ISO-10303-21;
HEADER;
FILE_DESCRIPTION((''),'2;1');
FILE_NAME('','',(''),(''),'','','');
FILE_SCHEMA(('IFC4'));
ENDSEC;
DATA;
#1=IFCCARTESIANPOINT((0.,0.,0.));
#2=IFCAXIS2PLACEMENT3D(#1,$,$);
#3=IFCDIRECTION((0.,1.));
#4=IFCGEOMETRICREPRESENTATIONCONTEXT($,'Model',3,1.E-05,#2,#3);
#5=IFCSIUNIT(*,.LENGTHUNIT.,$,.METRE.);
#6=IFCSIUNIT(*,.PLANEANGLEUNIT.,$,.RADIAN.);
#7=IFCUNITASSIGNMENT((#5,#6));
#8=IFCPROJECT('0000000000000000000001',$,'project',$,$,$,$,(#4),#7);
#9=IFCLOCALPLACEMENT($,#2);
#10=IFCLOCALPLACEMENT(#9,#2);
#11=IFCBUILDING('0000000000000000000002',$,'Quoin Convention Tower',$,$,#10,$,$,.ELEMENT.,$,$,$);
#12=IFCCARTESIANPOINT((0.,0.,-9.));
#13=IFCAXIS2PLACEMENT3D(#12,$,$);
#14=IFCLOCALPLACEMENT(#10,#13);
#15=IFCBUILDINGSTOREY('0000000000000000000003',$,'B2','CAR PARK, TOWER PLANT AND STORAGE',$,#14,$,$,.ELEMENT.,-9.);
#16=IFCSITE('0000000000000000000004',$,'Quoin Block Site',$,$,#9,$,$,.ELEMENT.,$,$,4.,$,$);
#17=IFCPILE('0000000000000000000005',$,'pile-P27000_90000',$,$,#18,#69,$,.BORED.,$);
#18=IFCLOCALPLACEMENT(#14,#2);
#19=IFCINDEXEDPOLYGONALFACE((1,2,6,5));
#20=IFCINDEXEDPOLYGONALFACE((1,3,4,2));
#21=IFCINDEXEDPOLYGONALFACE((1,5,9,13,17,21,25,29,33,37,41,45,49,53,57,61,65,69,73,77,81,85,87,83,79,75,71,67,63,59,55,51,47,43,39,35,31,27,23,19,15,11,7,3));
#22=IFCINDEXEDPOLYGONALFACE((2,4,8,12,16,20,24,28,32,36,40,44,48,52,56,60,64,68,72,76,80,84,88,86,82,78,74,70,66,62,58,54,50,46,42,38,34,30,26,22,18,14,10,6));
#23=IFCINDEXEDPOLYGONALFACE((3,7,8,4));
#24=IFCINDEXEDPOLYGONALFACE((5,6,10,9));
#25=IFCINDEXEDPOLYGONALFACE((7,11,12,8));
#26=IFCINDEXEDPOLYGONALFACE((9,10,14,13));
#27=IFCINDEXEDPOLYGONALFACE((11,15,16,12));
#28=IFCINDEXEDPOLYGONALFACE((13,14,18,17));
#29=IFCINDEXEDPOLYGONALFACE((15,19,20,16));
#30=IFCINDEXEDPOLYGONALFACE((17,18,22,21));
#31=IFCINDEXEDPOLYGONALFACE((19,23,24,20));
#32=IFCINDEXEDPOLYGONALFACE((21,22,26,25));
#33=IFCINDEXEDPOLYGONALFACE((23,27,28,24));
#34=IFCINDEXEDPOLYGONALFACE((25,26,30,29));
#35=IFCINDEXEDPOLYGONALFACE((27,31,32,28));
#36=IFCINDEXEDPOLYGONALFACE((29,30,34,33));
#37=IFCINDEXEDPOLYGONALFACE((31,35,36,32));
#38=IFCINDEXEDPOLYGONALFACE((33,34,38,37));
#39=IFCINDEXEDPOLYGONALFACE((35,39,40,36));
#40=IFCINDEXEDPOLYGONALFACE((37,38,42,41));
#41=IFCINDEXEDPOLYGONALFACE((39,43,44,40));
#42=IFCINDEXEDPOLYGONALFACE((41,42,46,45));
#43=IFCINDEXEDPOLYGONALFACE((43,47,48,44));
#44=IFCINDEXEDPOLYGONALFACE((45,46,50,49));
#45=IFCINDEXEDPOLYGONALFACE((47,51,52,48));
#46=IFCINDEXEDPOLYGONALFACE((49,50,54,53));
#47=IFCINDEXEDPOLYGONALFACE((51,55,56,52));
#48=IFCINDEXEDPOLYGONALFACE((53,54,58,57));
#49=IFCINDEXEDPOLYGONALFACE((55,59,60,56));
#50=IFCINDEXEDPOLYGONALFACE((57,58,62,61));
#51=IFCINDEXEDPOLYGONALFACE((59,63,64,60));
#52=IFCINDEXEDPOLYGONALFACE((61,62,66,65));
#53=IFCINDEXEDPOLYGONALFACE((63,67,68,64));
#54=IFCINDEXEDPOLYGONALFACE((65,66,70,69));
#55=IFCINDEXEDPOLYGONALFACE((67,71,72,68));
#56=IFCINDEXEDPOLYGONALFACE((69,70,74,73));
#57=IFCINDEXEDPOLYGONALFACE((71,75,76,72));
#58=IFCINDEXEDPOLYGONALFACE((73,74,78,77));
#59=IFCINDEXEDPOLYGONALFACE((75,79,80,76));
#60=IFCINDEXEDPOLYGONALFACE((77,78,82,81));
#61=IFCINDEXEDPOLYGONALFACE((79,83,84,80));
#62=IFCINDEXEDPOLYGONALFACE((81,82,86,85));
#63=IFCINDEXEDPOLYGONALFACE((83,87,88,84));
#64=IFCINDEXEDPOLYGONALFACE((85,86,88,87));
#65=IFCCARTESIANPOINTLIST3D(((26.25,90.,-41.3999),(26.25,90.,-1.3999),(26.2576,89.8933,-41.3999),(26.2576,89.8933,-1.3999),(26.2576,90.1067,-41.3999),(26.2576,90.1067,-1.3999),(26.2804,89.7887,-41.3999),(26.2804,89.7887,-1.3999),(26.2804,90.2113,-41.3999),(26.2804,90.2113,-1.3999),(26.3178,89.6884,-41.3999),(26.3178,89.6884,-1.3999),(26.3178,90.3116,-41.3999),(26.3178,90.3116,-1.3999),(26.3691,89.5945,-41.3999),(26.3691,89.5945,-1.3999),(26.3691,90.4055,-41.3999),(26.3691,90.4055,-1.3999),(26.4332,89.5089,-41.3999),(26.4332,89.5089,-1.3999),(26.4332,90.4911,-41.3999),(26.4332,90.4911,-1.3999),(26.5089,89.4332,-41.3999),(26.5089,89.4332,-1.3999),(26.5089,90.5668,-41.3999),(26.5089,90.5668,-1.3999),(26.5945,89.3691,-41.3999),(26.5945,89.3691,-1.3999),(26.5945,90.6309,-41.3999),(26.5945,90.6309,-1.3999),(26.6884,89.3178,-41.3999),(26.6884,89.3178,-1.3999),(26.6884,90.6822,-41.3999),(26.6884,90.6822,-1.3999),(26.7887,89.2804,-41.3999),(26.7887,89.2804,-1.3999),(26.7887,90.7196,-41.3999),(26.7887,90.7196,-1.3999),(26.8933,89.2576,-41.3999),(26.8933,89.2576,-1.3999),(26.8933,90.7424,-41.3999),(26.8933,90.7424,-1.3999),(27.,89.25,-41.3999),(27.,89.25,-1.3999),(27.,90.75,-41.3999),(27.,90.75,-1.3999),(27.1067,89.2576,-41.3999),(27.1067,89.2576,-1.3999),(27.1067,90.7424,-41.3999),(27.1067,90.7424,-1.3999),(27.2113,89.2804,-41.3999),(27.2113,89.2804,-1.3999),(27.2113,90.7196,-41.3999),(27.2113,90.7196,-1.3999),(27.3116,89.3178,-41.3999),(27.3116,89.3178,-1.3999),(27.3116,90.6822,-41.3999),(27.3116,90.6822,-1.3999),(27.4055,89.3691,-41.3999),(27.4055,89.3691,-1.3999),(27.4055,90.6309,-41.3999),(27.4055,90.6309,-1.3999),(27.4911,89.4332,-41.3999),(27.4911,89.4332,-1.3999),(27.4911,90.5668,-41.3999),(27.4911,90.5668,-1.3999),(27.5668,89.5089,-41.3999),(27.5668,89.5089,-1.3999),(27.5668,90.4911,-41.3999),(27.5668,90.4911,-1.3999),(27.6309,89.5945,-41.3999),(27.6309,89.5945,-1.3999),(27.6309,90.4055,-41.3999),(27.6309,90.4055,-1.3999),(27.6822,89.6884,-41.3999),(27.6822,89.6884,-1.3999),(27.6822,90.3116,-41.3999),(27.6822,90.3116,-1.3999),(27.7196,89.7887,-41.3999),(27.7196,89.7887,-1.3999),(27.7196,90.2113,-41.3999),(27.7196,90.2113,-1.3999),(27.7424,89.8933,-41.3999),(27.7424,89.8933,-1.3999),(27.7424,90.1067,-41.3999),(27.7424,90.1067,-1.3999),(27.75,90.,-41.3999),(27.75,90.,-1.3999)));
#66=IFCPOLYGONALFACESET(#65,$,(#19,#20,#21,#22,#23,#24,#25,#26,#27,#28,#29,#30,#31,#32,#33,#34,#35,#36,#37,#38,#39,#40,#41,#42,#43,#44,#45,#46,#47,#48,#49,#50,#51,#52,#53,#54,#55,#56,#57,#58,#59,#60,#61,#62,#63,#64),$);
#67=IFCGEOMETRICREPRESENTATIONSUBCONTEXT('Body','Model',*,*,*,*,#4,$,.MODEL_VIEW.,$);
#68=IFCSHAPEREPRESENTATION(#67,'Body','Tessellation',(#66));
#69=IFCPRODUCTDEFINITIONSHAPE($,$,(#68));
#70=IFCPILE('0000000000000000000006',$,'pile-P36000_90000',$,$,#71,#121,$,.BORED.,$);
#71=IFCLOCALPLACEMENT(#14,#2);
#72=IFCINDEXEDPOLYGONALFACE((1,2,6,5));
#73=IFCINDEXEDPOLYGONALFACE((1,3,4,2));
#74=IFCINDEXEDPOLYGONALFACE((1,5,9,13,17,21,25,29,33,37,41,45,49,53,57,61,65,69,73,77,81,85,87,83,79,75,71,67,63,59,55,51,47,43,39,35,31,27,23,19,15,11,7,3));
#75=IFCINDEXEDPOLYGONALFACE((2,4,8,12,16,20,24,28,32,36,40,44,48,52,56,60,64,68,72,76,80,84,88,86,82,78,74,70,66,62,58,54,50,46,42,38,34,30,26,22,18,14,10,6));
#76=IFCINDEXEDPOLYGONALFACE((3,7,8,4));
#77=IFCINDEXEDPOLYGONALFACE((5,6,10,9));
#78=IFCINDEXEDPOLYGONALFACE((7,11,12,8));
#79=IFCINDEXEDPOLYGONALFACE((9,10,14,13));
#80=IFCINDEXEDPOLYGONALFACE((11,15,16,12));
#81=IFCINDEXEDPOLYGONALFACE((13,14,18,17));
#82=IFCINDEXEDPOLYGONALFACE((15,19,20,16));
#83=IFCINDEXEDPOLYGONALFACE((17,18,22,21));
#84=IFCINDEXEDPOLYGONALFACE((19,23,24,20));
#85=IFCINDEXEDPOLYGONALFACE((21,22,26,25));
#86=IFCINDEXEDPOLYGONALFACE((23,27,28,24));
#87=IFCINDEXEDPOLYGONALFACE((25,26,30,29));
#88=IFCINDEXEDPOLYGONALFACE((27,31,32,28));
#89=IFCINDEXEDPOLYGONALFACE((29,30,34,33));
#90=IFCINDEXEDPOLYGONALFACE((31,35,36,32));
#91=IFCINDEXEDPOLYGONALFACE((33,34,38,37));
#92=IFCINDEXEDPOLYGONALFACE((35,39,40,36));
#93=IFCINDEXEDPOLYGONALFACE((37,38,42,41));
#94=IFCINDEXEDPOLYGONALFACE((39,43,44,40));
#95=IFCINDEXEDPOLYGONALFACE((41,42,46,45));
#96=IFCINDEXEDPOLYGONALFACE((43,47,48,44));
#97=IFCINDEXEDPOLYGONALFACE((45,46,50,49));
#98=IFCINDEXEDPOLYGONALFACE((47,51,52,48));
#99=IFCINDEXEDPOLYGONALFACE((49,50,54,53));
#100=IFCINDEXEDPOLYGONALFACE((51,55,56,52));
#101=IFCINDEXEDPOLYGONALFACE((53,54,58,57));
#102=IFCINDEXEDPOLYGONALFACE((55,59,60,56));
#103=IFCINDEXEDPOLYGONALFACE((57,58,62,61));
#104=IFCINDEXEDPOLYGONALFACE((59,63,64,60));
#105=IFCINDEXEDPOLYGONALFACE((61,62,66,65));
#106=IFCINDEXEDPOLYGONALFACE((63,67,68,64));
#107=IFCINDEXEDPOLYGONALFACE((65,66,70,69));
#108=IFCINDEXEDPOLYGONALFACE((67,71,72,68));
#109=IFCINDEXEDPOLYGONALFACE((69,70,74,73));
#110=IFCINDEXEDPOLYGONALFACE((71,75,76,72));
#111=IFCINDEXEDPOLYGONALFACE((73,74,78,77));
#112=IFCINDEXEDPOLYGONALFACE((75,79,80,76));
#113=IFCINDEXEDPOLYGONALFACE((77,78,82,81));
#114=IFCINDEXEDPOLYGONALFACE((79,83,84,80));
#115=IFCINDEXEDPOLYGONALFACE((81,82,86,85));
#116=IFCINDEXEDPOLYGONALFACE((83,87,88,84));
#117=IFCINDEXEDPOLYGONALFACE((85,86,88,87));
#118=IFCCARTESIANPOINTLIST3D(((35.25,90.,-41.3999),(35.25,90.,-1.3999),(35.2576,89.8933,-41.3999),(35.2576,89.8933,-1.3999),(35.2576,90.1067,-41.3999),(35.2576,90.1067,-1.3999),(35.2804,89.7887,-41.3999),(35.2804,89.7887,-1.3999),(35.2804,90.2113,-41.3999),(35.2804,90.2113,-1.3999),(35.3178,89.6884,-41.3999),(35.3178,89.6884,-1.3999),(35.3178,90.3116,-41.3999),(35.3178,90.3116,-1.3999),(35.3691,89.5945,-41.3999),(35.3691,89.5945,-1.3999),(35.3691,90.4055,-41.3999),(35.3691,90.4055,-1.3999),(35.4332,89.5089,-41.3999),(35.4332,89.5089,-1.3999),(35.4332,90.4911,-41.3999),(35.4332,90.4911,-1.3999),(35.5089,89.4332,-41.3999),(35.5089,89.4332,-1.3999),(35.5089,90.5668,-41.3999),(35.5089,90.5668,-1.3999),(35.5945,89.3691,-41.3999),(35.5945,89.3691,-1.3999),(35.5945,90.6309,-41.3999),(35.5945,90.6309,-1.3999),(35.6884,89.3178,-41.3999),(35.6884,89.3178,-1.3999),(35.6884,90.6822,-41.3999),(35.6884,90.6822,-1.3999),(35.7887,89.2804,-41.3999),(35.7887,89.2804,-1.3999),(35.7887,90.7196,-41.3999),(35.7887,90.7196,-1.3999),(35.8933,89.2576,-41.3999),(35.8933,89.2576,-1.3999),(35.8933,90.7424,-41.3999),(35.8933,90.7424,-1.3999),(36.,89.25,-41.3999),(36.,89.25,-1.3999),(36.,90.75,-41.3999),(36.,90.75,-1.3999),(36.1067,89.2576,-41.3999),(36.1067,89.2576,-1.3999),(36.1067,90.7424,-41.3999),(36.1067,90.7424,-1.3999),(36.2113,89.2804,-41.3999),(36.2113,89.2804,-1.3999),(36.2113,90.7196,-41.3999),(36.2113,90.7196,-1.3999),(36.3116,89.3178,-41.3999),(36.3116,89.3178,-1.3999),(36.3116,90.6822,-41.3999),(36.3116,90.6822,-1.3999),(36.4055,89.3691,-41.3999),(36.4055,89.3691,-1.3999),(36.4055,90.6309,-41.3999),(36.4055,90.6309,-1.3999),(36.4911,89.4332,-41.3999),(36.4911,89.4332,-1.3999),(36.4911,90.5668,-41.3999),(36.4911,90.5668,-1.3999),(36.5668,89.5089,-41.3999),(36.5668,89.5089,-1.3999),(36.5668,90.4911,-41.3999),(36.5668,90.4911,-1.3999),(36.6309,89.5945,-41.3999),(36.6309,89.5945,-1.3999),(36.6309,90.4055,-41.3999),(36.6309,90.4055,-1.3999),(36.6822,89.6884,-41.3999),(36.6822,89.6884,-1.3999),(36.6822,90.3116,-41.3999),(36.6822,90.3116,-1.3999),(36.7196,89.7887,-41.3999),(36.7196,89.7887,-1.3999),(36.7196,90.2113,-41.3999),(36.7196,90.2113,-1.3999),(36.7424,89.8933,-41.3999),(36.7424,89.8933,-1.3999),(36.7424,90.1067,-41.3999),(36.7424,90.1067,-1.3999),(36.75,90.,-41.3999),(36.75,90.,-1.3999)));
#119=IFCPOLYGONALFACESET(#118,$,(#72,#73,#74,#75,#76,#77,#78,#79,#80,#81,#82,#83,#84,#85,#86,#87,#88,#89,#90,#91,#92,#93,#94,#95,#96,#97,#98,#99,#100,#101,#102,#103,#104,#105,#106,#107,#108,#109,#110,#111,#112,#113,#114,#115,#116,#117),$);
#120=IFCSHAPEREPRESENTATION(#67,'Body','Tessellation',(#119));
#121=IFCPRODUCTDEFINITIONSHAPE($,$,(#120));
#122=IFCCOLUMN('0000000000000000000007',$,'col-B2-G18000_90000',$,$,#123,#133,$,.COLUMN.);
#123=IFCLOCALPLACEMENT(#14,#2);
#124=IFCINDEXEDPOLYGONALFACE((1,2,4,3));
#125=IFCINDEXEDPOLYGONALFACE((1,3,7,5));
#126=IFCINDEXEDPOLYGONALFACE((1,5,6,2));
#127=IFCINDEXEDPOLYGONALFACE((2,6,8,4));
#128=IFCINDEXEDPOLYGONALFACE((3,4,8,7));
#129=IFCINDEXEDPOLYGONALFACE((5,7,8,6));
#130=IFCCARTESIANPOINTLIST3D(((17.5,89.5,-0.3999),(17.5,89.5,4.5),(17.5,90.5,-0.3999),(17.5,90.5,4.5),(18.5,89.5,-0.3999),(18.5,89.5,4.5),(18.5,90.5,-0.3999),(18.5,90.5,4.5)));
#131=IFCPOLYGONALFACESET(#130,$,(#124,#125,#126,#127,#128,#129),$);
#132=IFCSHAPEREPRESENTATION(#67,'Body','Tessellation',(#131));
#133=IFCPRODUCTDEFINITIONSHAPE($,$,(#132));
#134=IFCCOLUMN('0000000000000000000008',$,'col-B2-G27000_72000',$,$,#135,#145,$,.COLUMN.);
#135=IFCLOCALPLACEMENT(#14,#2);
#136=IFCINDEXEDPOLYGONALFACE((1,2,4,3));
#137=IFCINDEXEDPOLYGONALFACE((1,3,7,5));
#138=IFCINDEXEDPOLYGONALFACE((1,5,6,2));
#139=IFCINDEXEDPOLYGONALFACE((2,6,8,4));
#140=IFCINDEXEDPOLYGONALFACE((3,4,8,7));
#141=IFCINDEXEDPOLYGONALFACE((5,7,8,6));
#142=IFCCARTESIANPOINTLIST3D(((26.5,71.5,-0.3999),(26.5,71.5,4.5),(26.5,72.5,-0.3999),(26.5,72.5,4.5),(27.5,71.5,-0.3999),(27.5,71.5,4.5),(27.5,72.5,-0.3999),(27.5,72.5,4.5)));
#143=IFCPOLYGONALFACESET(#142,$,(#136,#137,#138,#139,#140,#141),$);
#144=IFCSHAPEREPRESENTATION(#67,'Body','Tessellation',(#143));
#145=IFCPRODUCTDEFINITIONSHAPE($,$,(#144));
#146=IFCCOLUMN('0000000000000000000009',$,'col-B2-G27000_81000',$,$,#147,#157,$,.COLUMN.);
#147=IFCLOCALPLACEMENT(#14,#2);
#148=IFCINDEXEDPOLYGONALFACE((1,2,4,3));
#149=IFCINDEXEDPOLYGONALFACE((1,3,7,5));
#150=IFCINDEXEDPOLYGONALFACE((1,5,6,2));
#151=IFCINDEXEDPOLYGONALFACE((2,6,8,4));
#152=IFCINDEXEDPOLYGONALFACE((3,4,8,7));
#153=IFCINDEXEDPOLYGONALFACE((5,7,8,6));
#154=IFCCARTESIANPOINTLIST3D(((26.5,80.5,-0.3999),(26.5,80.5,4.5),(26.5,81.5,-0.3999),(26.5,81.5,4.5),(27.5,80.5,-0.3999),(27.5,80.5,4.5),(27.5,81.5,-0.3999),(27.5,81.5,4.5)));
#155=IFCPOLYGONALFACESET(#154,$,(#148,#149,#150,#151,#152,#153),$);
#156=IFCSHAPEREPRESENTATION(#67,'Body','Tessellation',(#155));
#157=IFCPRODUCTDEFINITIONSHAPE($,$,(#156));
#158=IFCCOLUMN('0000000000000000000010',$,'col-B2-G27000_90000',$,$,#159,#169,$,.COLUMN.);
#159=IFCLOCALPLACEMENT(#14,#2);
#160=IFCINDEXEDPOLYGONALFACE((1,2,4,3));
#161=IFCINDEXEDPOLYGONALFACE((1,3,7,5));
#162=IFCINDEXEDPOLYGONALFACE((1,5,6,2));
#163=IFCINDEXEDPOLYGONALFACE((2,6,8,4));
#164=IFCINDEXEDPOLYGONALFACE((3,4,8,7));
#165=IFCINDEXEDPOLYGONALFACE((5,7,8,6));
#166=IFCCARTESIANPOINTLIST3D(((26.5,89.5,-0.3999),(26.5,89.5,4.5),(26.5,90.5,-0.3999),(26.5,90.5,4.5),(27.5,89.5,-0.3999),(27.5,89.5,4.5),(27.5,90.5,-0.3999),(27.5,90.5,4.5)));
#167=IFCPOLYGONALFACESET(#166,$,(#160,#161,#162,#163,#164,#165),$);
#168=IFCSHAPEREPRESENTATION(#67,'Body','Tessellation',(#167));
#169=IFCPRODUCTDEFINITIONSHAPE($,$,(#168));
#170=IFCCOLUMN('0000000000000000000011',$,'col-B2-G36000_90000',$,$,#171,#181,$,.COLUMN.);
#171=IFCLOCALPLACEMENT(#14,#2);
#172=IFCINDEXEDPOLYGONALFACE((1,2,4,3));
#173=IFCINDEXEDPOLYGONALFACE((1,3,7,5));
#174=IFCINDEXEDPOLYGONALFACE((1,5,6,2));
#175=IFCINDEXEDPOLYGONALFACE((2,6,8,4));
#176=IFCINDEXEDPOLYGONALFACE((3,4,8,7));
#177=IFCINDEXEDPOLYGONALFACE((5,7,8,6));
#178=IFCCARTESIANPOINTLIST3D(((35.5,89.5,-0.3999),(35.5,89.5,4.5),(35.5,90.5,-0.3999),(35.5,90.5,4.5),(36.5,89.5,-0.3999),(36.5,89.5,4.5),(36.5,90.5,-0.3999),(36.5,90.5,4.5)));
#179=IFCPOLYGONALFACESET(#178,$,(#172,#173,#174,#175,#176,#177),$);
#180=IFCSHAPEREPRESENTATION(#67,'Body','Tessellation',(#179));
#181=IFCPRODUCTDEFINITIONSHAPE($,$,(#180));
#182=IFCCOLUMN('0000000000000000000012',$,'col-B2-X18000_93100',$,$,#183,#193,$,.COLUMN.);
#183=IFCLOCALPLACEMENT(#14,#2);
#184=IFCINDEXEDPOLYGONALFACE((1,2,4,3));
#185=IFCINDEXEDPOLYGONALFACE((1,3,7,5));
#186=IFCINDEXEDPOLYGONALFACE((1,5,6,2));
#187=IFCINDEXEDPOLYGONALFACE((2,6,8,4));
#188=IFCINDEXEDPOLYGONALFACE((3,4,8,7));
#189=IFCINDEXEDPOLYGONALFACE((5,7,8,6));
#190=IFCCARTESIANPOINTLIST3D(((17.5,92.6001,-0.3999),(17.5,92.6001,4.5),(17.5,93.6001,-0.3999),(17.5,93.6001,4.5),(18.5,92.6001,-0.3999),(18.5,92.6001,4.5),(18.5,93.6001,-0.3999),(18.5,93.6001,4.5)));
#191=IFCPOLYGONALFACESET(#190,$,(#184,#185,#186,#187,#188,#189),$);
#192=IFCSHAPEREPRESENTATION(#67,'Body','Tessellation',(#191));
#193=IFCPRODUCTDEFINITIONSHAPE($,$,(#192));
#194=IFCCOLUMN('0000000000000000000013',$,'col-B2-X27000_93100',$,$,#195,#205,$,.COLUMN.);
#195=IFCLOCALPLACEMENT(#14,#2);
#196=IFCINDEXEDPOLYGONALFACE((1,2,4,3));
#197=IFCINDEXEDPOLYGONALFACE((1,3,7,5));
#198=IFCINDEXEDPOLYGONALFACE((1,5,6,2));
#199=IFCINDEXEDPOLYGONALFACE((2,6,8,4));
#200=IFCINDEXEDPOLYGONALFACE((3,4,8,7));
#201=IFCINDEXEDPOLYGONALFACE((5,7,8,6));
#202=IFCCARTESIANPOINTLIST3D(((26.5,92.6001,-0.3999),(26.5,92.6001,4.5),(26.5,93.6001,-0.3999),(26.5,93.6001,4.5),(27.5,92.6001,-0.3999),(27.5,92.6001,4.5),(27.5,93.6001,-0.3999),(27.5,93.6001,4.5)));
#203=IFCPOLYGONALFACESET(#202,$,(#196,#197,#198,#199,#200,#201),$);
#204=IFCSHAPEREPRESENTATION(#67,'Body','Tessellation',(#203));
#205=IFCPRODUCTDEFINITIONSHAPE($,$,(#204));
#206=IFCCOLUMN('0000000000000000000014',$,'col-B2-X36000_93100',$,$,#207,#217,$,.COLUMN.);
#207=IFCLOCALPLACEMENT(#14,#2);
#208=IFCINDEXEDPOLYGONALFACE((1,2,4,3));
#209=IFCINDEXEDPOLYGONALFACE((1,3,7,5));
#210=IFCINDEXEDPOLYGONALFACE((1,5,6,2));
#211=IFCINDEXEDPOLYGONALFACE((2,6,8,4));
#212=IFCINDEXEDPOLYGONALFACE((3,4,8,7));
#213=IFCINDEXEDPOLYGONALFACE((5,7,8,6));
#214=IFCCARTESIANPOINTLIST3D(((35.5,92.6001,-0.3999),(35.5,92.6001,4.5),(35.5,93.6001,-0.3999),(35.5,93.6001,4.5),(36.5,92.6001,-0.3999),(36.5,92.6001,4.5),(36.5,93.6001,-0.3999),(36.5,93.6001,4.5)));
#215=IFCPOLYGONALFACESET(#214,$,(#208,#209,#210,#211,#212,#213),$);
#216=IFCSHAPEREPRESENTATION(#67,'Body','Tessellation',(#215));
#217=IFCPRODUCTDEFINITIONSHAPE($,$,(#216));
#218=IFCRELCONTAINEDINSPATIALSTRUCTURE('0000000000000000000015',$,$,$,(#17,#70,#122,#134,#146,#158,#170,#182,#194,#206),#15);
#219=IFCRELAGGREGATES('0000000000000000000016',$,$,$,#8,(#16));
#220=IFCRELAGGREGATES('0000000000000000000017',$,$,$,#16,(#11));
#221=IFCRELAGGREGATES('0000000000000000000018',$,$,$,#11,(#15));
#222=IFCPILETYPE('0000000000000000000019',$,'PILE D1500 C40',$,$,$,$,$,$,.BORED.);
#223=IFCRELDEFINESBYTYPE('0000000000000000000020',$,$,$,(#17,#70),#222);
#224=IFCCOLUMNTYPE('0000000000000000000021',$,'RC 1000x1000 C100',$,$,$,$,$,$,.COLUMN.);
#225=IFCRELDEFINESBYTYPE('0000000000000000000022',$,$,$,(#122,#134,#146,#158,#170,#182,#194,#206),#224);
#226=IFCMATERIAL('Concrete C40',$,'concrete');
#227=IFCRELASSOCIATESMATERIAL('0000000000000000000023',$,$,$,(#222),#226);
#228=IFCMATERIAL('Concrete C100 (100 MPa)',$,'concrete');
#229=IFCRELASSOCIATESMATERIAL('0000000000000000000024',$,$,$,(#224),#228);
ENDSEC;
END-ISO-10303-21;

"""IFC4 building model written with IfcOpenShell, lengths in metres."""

from ifc_helpers import new_model, si_unit, direction, frame, origin, origin_2d, place, context, subcontext, project, spatial, rectangle, circle, extrude, material, material_profile, profile_set, type_object, element, save


model = new_model("IFC4")

# Units and contexts
model_context = context("Model", 3, precision=1e-05, world=origin(), true_north=direction((0.0, 1.0)))
body_context = subcontext(model_context, "Body", "Model", "MODEL_VIEW")
ifc_project = project(units=[si_unit("LENGTHUNIT", "METRE"), si_unit("PLANEANGLEUNIT", "RADIAN")], contexts=[model_context])

# Site, building, storey
site_placement = place(None, origin())
site = spatial("IfcSite", under=ifc_project, at=site_placement, Name="Quoin Block Site", CompositionType="ELEMENT", RefElevation=4.0)
building_placement = place(site_placement, origin())
building = spatial("IfcBuilding", under=site, at=building_placement, Name="Quoin Convention Tower", CompositionType="ELEMENT")
storey_placement = place(building_placement, frame((0.0, 0.0, -9.0)))
storey = spatial("IfcBuildingStorey", under=building, at=storey_placement, Name="B2", Description="CAR PARK, TOWER PLANT AND STORAGE", CompositionType="ELEMENT", Elevation=-9.0)

# Piles
ifc_material_1 = material(Name="Concrete C40", Category="concrete")
ifc_material_profile_1 = material_profile(ifc_material_1, circle(Radius=0.75, at=origin_2d()), Name="D1500")
ifc_profile_set_1 = profile_set([ifc_material_profile_1], Name="Concrete C40")
pile_type = type_object("IfcPileType", Name="PILE D1500 C40", PredefinedType="BORED", material=ifc_profile_set_1)
for number, where, z_axis, x_axis, name in (
    (1, (27.0, 90.0, -1.3999), (0.0, 0.0, -1.0), (1.0, 0.0, 0.0), "pile-P27000_90000"),
    (2, (36.0, 90.0, -1.3999), (0.0, 0.0, -1.0), (1.0, 0.0, 0.0), "pile-P36000_90000"),
):
    element("IfcPile", number, at=place(storey_placement, frame(where, z_axis=z_axis, x_axis=x_axis)), inside=storey, type_object=pile_type, Name=name, PredefinedType="BORED", context=body_context, shape_type="SweptSolid", body=[
        extrude(circle(Radius=0.75, at=origin_2d()), origin(), (0.0, 0.0, 1.0), 40.0),
    ])

# Columns
ifc_material_2 = material(Name="Concrete C100 (100 MPa)", Category="concrete")
ifc_material_profile_2 = material_profile(ifc_material_2, rectangle(XDim=1.0, YDim=1.0, at=origin_2d()), Name="RC 1000x1000")
ifc_profile_set_2 = profile_set([ifc_material_profile_2], Name="Concrete C100 (100 MPa)")
column_type_1 = type_object("IfcColumnType", Name="RC 1000x1000 C100", PredefinedType="COLUMN", material=ifc_profile_set_2)
for number, where, z_axis, x_axis, name in (
    (3, (18.0, 90.0, -0.3999), (0.0, 0.0, 1.0), (1.0, 0.0, 0.0), "col-B2-G18000_90000"),
    (4, (27.0, 72.0, -0.3999), (0.0, 0.0, 1.0), (1.0, 0.0, 0.0), "col-B2-G27000_72000"),
    (5, (27.0, 81.0, -0.3999), (0.0, 0.0, 1.0), (1.0, 0.0, 0.0), "col-B2-G27000_81000"),
    (6, (27.0, 90.0, -0.3999), (0.0, 0.0, 1.0), (1.0, 0.0, 0.0), "col-B2-G27000_90000"),
    (7, (36.0, 90.0, -0.3999), (0.0, 0.0, 1.0), (1.0, 0.0, 0.0), "col-B2-G36000_90000"),
    (8, (18.0, 93.1001, -0.3999), (0.0, 0.0, 1.0), (1.0, 0.0, 0.0), "col-B2-X18000_93100"),
    (9, (27.0, 93.1001, -0.3999), (0.0, 0.0, 1.0), (1.0, 0.0, 0.0), "col-B2-X27000_93100"),
    (10, (36.0, 93.1001, -0.3999), (0.0, 0.0, 1.0), (1.0, 0.0, 0.0), "col-B2-X36000_93100"),
):
    element("IfcColumn", number, at=place(storey_placement, frame(where, z_axis=z_axis, x_axis=x_axis)), inside=storey, type_object=column_type_1, Name=name, PredefinedType="COLUMN", context=body_context, shape_type="SweptSolid", body=[
        extrude(rectangle(XDim=1.0, YDim=1.0, at=origin_2d()), origin(), (0.0, 0.0, 1.0), 4.8999),
    ])

save(model, "model.ifc")
